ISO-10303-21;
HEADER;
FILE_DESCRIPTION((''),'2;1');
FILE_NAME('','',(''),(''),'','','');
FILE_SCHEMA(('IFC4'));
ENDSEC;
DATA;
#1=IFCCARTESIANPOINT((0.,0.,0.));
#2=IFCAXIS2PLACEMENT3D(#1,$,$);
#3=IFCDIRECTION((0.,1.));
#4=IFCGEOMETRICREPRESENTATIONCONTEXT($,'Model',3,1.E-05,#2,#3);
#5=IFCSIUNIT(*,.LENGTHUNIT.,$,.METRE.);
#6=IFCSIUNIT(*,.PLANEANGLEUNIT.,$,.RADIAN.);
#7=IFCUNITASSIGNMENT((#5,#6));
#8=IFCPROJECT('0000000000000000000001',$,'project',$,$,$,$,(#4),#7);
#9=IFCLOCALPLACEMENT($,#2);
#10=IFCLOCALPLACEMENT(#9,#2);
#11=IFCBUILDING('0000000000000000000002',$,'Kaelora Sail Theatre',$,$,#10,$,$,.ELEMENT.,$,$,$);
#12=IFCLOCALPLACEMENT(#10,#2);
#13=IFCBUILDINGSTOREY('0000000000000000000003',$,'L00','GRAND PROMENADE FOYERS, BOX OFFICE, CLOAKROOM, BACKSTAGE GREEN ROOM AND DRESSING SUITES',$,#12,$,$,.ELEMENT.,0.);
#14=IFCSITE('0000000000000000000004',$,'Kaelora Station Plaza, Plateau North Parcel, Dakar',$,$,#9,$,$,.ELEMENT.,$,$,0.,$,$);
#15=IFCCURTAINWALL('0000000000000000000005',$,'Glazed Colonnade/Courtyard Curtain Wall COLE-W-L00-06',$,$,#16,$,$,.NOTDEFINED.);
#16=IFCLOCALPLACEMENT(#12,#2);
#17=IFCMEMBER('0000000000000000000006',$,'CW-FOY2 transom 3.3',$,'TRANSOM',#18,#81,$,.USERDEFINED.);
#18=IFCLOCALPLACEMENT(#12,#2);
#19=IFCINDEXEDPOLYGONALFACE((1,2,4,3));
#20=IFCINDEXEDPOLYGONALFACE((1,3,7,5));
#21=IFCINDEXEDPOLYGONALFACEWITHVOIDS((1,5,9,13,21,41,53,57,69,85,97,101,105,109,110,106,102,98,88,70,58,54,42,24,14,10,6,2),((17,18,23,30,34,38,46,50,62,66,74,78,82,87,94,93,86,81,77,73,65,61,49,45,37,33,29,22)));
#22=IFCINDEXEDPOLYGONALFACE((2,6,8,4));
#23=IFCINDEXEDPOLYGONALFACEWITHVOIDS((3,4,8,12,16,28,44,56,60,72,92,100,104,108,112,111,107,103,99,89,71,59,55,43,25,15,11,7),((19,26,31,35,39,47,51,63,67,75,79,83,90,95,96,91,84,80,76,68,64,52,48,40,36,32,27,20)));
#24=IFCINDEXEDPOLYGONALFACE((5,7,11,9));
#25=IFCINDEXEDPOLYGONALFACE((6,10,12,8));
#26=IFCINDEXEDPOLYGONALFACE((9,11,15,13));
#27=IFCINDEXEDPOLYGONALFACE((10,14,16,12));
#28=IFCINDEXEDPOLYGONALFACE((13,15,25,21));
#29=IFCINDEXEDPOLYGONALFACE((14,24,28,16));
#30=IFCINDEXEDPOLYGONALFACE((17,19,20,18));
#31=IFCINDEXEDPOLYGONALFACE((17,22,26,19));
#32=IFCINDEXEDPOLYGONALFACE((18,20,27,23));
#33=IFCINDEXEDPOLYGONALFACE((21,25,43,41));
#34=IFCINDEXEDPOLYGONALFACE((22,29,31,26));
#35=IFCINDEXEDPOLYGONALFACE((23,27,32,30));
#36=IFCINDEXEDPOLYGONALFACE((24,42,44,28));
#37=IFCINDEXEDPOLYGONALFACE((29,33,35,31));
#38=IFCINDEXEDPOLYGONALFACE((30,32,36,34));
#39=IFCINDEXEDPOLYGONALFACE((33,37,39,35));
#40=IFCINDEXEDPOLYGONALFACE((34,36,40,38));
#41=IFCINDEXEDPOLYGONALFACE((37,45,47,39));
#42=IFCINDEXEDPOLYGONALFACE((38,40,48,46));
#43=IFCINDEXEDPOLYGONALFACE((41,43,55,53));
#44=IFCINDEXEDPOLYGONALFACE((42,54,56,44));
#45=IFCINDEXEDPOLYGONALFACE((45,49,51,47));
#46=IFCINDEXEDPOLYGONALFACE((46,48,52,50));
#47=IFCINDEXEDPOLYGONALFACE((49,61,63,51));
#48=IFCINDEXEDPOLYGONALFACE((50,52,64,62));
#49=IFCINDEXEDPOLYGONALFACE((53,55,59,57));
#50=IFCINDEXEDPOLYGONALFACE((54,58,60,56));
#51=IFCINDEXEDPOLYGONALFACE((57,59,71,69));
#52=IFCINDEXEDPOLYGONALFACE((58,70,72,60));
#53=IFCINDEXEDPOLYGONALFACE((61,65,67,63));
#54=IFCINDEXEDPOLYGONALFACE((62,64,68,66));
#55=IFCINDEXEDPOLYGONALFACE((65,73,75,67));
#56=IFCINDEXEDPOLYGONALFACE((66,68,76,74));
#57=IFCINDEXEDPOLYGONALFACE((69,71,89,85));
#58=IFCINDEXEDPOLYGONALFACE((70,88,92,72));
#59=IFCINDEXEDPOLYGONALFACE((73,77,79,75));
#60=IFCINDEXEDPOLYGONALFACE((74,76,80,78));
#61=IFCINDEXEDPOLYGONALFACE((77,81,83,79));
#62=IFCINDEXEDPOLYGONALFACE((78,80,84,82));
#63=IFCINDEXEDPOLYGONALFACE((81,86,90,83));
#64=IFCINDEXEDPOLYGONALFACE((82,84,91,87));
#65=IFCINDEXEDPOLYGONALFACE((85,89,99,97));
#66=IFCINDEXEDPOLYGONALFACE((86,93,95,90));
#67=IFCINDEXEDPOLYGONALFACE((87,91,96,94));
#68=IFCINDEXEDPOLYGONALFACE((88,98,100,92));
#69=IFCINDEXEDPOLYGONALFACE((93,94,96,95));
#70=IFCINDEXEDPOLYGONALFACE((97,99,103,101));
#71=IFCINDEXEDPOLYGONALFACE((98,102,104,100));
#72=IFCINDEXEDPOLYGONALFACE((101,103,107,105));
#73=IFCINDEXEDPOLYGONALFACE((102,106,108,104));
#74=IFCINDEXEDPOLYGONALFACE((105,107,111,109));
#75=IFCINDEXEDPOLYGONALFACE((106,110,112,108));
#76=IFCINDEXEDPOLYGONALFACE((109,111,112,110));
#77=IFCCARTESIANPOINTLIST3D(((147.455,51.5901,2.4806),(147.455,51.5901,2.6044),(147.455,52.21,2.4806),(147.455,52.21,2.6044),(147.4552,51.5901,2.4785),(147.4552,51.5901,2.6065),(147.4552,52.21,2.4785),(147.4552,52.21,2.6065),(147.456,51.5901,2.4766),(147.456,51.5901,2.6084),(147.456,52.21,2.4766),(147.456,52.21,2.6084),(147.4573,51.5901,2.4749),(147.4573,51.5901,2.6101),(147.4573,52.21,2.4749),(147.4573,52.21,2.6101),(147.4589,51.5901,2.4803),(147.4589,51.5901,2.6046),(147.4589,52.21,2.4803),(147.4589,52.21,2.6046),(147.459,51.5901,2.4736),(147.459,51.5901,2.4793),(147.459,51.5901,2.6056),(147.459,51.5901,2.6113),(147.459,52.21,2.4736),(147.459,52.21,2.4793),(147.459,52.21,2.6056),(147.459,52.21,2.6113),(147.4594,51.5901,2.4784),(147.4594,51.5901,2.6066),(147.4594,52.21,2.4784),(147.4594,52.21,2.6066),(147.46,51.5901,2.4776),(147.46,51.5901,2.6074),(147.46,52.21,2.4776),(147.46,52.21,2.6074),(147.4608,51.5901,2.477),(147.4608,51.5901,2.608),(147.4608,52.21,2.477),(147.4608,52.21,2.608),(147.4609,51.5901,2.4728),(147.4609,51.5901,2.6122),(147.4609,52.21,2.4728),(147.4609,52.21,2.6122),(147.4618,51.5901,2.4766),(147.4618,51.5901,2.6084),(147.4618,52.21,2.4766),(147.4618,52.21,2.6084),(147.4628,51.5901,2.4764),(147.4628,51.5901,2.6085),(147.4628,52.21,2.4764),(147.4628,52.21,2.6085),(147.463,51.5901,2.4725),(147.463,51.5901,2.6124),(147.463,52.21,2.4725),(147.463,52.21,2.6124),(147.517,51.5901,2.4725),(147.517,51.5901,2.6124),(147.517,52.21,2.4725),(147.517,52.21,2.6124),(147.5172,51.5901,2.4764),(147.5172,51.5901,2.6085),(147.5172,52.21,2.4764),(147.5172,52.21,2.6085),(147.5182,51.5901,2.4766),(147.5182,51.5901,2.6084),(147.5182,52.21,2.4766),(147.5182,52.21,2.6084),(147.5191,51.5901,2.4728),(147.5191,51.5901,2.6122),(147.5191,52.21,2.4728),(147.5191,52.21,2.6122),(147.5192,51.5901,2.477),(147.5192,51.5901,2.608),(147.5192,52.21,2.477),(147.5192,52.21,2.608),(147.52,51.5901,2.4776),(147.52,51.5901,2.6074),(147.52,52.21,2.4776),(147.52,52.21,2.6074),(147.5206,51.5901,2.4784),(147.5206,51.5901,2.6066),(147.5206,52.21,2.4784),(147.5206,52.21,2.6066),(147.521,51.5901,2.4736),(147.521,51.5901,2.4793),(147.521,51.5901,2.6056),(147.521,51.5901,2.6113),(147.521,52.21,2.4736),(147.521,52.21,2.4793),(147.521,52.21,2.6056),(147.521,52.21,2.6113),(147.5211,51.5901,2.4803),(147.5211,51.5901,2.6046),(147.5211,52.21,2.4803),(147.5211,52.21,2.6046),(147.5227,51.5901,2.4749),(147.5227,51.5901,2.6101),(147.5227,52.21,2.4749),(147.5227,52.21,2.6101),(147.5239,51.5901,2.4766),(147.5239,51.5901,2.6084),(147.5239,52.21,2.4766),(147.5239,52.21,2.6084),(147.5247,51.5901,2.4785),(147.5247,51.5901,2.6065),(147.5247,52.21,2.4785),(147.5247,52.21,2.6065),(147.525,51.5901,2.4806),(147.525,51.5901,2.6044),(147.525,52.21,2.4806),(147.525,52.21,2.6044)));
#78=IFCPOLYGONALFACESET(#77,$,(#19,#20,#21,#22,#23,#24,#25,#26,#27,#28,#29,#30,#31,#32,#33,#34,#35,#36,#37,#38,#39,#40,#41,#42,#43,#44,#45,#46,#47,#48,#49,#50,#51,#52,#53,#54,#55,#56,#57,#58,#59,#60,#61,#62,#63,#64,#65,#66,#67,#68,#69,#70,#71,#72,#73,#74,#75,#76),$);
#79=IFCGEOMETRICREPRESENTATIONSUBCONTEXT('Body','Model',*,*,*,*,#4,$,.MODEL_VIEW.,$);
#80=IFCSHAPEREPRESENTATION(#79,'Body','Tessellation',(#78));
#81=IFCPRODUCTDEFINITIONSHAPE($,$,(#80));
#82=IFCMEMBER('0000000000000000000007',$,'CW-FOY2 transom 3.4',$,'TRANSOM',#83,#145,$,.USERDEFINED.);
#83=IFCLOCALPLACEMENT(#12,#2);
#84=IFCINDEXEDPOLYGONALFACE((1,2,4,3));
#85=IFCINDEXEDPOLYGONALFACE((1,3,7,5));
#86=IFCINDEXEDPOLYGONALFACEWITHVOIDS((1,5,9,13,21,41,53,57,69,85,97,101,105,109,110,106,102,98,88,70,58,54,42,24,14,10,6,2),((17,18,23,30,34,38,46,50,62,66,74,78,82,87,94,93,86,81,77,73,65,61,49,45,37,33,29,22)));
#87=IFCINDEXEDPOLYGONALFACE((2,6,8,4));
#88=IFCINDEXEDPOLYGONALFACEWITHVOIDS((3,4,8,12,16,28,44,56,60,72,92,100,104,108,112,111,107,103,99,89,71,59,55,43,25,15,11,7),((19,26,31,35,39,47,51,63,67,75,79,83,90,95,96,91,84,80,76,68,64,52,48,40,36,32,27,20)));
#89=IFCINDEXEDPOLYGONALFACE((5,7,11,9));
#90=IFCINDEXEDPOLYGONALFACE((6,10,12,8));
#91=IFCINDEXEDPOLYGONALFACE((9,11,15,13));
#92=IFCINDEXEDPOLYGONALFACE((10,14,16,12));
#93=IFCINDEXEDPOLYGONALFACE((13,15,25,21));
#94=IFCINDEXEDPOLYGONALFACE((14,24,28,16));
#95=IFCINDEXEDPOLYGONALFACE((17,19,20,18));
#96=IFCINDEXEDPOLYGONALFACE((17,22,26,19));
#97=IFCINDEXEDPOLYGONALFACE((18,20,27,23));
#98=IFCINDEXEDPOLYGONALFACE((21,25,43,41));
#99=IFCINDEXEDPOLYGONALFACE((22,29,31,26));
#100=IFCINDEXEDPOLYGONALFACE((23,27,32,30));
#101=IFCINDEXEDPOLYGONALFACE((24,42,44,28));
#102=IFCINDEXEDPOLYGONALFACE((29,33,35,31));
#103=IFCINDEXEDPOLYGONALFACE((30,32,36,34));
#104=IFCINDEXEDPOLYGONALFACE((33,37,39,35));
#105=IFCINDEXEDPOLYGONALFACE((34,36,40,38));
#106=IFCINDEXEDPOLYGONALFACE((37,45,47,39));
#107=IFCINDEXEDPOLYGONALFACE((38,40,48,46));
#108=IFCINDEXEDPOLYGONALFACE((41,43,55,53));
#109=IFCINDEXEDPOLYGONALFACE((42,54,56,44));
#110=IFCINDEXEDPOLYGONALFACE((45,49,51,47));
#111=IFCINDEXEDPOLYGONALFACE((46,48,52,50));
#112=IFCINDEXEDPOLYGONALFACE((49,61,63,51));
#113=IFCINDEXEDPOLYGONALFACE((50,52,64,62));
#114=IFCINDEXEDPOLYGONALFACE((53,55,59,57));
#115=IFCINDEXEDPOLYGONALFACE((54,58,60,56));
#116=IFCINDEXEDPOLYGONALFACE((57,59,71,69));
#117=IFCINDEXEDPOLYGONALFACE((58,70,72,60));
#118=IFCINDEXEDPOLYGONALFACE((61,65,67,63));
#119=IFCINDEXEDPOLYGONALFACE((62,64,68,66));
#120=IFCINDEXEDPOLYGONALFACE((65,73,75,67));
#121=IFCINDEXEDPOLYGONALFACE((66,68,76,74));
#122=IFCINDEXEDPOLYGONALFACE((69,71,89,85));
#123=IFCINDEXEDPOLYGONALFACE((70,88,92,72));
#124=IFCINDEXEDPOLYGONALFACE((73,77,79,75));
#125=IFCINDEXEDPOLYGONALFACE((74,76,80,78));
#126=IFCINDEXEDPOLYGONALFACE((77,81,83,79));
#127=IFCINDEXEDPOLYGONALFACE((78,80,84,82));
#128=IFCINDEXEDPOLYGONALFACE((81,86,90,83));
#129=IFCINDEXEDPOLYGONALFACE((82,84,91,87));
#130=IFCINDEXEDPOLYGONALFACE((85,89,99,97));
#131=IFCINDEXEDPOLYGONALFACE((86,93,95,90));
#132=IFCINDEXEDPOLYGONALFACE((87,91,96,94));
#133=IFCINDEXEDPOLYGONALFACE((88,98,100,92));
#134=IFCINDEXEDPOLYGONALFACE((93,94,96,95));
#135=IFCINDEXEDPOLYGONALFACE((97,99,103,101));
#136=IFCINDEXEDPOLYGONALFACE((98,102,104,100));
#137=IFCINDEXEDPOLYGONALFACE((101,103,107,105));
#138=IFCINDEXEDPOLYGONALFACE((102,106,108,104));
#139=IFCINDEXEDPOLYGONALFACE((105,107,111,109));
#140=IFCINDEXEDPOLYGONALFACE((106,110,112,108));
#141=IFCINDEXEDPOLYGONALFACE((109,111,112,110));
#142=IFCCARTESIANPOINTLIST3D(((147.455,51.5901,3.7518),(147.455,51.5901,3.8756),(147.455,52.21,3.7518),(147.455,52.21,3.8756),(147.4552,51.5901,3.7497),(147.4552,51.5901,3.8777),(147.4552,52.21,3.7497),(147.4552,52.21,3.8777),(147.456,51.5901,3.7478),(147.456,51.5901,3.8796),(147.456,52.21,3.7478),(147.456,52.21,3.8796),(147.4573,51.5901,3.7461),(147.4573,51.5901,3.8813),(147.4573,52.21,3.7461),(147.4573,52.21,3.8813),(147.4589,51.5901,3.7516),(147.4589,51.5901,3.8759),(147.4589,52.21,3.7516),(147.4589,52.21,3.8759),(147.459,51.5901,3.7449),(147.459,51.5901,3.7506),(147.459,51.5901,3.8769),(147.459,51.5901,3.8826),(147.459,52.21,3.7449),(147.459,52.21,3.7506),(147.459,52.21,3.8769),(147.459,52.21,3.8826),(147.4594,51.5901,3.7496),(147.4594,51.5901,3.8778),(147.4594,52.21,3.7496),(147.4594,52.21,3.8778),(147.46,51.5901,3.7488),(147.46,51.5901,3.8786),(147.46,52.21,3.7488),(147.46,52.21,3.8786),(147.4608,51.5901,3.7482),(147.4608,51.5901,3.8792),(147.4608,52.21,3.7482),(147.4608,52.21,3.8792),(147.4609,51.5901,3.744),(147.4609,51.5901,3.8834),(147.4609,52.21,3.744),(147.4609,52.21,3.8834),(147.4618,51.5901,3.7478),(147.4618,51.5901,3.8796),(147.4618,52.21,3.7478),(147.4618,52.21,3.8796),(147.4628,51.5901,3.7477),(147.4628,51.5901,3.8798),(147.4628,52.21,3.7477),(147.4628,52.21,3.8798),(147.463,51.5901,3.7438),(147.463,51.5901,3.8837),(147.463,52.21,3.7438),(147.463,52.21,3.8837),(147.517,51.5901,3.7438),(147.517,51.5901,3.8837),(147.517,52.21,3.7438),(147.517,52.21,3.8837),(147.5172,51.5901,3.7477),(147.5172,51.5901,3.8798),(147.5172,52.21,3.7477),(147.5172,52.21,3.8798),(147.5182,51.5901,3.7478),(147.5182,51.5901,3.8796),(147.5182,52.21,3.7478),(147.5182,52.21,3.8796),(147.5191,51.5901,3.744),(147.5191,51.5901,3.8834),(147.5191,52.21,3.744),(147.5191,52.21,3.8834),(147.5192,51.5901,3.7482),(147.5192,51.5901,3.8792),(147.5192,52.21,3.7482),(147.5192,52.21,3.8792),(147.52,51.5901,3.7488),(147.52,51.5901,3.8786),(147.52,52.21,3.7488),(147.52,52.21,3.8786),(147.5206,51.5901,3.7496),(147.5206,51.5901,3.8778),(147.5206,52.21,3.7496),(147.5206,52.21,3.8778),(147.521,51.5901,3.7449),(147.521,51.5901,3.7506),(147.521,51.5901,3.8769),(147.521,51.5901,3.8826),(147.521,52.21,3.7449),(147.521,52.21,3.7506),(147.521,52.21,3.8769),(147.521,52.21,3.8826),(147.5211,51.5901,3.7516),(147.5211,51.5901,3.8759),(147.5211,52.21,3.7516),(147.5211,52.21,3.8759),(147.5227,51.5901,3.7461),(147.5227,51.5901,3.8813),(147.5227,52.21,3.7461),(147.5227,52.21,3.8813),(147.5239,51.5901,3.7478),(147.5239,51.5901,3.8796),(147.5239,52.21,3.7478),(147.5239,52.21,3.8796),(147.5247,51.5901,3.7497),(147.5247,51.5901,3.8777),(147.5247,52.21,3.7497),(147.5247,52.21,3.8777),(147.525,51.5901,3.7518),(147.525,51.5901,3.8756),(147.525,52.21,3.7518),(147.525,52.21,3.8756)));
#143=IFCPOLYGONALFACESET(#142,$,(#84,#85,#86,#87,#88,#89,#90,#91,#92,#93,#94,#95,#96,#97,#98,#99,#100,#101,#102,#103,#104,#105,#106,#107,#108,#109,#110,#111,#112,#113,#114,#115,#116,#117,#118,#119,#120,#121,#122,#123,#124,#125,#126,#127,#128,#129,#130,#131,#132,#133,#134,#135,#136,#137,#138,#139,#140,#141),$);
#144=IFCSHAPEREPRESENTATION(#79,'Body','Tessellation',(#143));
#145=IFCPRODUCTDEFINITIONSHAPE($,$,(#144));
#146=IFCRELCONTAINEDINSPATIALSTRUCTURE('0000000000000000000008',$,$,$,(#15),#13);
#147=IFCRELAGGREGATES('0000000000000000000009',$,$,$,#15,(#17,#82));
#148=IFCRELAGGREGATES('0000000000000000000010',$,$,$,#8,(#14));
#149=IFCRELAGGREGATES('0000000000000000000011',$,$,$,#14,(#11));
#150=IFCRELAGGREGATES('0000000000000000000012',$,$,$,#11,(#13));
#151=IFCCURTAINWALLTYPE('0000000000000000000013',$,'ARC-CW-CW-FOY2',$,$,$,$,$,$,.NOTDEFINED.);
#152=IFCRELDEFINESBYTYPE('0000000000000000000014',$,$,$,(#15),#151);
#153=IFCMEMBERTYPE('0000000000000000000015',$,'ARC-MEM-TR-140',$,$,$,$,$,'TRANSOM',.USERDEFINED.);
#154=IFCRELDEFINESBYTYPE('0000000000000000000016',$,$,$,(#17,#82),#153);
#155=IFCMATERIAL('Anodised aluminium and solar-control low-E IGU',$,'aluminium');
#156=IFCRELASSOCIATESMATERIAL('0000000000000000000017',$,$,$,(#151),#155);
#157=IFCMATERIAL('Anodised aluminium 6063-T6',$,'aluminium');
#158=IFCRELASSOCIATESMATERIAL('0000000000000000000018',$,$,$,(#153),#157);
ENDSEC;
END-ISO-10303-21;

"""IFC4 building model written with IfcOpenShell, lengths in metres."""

from ifc_helpers import new_model, si_unit, direction, frame, origin, origin_2d, place, context, subcontext, project, spatial, hollow_rectangle, extrude, material, material_profile, profile_set, type_object, element, aggregate, save


model = new_model("IFC4")

# Units and contexts
model_context = context("Model", 3, precision=1e-05, world=origin(), true_north=direction((0.0, 1.0)))
body_context = subcontext(model_context, "Body", "Model", "MODEL_VIEW")
ifc_project = project(units=[si_unit("LENGTHUNIT", "METRE"), si_unit("PLANEANGLEUNIT", "RADIAN")], contexts=[model_context])

# Site, building, storey
site_placement = place(None, origin())
site = spatial("IfcSite", under=ifc_project, at=site_placement, Name="Kaelora Station Plaza, Plateau North Parcel, Dakar", CompositionType="ELEMENT", RefElevation=0.0)
building_placement = place(site_placement, origin())
building = spatial("IfcBuilding", under=site, at=building_placement, Name="Kaelora Sail Theatre", CompositionType="ELEMENT")
storey_placement = place(building_placement, origin())
storey = spatial("IfcBuildingStorey", under=building, at=storey_placement, Name="L00", Description="GRAND PROMENADE FOYERS, BOX OFFICE, CLOAKROOM, BACKSTAGE GREEN ROOM AND DRESSING SUITES", CompositionType="ELEMENT", Elevation=0.0)

# Curtain wall, members
ifc_material_1 = material(Name="Anodised aluminium and solar-control low-E IGU", Category="aluminium")
curtain_wall_type = type_object("IfcCurtainWallType", Name="ARC-CW-CW-FOY2", PredefinedType="NOTDEFINED", material=ifc_material_1)
curtain_wall_placement = place(storey_placement, origin())
curtain_wall = element("IfcCurtainWall", 1, at=curtain_wall_placement, inside=storey, type_object=curtain_wall_type, Name="Glazed Colonnade/Courtyard Curtain Wall COLE-W-L00-06", PredefinedType="NOTDEFINED")
ifc_material_2 = material(Name="Anodised aluminium 6063-T6", Category="aluminium")
ifc_material_profile_1 = material_profile(ifc_material_2, hollow_rectangle(XDim=0.0701, YDim=0.1399, WallThickness=0.0039, InnerFilletRadius=0.0039, OuterFilletRadius=0.0081, at=origin_2d()), Name="ALU-TRAN 70x140x4")
ifc_profile_set_1 = profile_set([ifc_material_profile_1], Name="Anodised aluminium 6063-T6")
member_type_1 = type_object("IfcMemberType", Name="ARC-MEM-TR-140", ElementType="TRANSOM", PredefinedType="USERDEFINED", material=ifc_profile_set_1)
member_1_placement = place(storey_placement, frame((147.49, 51.5901, 2.5425), z_axis=(0.0, 1.0, 0.0), x_axis=(-1.0, 0.0, 0.0)))
member_1 = element("IfcMember", 2, at=member_1_placement, type_object=member_type_1, Name="CW-FOY2 transom 3.3", ObjectType="TRANSOM", PredefinedType="USERDEFINED", context=body_context, shape_type="SweptSolid", body=[
    extrude(hollow_rectangle(XDim=0.0701, YDim=0.1399, WallThickness=0.0039, InnerFilletRadius=0.0039, OuterFilletRadius=0.0081, at=origin_2d()), origin(), (0.0, 0.0, 1.0), 0.6199),
])
member_2_placement = place(storey_placement, frame((147.49, 51.5901, 3.8137), z_axis=(0.0, 1.0, 0.0), x_axis=(-1.0, 0.0, 0.0)))
member_2 = element("IfcMember", 3, at=member_2_placement, type_object=member_type_1, Name="CW-FOY2 transom 3.4", ObjectType="TRANSOM", PredefinedType="USERDEFINED", context=body_context, shape_type="SweptSolid", body=[
    extrude(hollow_rectangle(XDim=0.0701, YDim=0.1399, WallThickness=0.0039, InnerFilletRadius=0.0039, OuterFilletRadius=0.0081, at=origin_2d()), origin(), (0.0, 0.0, 1.0), 0.6199),
])
aggregate(curtain_wall, [member_1, member_2])

save(model, "model.ifc")
